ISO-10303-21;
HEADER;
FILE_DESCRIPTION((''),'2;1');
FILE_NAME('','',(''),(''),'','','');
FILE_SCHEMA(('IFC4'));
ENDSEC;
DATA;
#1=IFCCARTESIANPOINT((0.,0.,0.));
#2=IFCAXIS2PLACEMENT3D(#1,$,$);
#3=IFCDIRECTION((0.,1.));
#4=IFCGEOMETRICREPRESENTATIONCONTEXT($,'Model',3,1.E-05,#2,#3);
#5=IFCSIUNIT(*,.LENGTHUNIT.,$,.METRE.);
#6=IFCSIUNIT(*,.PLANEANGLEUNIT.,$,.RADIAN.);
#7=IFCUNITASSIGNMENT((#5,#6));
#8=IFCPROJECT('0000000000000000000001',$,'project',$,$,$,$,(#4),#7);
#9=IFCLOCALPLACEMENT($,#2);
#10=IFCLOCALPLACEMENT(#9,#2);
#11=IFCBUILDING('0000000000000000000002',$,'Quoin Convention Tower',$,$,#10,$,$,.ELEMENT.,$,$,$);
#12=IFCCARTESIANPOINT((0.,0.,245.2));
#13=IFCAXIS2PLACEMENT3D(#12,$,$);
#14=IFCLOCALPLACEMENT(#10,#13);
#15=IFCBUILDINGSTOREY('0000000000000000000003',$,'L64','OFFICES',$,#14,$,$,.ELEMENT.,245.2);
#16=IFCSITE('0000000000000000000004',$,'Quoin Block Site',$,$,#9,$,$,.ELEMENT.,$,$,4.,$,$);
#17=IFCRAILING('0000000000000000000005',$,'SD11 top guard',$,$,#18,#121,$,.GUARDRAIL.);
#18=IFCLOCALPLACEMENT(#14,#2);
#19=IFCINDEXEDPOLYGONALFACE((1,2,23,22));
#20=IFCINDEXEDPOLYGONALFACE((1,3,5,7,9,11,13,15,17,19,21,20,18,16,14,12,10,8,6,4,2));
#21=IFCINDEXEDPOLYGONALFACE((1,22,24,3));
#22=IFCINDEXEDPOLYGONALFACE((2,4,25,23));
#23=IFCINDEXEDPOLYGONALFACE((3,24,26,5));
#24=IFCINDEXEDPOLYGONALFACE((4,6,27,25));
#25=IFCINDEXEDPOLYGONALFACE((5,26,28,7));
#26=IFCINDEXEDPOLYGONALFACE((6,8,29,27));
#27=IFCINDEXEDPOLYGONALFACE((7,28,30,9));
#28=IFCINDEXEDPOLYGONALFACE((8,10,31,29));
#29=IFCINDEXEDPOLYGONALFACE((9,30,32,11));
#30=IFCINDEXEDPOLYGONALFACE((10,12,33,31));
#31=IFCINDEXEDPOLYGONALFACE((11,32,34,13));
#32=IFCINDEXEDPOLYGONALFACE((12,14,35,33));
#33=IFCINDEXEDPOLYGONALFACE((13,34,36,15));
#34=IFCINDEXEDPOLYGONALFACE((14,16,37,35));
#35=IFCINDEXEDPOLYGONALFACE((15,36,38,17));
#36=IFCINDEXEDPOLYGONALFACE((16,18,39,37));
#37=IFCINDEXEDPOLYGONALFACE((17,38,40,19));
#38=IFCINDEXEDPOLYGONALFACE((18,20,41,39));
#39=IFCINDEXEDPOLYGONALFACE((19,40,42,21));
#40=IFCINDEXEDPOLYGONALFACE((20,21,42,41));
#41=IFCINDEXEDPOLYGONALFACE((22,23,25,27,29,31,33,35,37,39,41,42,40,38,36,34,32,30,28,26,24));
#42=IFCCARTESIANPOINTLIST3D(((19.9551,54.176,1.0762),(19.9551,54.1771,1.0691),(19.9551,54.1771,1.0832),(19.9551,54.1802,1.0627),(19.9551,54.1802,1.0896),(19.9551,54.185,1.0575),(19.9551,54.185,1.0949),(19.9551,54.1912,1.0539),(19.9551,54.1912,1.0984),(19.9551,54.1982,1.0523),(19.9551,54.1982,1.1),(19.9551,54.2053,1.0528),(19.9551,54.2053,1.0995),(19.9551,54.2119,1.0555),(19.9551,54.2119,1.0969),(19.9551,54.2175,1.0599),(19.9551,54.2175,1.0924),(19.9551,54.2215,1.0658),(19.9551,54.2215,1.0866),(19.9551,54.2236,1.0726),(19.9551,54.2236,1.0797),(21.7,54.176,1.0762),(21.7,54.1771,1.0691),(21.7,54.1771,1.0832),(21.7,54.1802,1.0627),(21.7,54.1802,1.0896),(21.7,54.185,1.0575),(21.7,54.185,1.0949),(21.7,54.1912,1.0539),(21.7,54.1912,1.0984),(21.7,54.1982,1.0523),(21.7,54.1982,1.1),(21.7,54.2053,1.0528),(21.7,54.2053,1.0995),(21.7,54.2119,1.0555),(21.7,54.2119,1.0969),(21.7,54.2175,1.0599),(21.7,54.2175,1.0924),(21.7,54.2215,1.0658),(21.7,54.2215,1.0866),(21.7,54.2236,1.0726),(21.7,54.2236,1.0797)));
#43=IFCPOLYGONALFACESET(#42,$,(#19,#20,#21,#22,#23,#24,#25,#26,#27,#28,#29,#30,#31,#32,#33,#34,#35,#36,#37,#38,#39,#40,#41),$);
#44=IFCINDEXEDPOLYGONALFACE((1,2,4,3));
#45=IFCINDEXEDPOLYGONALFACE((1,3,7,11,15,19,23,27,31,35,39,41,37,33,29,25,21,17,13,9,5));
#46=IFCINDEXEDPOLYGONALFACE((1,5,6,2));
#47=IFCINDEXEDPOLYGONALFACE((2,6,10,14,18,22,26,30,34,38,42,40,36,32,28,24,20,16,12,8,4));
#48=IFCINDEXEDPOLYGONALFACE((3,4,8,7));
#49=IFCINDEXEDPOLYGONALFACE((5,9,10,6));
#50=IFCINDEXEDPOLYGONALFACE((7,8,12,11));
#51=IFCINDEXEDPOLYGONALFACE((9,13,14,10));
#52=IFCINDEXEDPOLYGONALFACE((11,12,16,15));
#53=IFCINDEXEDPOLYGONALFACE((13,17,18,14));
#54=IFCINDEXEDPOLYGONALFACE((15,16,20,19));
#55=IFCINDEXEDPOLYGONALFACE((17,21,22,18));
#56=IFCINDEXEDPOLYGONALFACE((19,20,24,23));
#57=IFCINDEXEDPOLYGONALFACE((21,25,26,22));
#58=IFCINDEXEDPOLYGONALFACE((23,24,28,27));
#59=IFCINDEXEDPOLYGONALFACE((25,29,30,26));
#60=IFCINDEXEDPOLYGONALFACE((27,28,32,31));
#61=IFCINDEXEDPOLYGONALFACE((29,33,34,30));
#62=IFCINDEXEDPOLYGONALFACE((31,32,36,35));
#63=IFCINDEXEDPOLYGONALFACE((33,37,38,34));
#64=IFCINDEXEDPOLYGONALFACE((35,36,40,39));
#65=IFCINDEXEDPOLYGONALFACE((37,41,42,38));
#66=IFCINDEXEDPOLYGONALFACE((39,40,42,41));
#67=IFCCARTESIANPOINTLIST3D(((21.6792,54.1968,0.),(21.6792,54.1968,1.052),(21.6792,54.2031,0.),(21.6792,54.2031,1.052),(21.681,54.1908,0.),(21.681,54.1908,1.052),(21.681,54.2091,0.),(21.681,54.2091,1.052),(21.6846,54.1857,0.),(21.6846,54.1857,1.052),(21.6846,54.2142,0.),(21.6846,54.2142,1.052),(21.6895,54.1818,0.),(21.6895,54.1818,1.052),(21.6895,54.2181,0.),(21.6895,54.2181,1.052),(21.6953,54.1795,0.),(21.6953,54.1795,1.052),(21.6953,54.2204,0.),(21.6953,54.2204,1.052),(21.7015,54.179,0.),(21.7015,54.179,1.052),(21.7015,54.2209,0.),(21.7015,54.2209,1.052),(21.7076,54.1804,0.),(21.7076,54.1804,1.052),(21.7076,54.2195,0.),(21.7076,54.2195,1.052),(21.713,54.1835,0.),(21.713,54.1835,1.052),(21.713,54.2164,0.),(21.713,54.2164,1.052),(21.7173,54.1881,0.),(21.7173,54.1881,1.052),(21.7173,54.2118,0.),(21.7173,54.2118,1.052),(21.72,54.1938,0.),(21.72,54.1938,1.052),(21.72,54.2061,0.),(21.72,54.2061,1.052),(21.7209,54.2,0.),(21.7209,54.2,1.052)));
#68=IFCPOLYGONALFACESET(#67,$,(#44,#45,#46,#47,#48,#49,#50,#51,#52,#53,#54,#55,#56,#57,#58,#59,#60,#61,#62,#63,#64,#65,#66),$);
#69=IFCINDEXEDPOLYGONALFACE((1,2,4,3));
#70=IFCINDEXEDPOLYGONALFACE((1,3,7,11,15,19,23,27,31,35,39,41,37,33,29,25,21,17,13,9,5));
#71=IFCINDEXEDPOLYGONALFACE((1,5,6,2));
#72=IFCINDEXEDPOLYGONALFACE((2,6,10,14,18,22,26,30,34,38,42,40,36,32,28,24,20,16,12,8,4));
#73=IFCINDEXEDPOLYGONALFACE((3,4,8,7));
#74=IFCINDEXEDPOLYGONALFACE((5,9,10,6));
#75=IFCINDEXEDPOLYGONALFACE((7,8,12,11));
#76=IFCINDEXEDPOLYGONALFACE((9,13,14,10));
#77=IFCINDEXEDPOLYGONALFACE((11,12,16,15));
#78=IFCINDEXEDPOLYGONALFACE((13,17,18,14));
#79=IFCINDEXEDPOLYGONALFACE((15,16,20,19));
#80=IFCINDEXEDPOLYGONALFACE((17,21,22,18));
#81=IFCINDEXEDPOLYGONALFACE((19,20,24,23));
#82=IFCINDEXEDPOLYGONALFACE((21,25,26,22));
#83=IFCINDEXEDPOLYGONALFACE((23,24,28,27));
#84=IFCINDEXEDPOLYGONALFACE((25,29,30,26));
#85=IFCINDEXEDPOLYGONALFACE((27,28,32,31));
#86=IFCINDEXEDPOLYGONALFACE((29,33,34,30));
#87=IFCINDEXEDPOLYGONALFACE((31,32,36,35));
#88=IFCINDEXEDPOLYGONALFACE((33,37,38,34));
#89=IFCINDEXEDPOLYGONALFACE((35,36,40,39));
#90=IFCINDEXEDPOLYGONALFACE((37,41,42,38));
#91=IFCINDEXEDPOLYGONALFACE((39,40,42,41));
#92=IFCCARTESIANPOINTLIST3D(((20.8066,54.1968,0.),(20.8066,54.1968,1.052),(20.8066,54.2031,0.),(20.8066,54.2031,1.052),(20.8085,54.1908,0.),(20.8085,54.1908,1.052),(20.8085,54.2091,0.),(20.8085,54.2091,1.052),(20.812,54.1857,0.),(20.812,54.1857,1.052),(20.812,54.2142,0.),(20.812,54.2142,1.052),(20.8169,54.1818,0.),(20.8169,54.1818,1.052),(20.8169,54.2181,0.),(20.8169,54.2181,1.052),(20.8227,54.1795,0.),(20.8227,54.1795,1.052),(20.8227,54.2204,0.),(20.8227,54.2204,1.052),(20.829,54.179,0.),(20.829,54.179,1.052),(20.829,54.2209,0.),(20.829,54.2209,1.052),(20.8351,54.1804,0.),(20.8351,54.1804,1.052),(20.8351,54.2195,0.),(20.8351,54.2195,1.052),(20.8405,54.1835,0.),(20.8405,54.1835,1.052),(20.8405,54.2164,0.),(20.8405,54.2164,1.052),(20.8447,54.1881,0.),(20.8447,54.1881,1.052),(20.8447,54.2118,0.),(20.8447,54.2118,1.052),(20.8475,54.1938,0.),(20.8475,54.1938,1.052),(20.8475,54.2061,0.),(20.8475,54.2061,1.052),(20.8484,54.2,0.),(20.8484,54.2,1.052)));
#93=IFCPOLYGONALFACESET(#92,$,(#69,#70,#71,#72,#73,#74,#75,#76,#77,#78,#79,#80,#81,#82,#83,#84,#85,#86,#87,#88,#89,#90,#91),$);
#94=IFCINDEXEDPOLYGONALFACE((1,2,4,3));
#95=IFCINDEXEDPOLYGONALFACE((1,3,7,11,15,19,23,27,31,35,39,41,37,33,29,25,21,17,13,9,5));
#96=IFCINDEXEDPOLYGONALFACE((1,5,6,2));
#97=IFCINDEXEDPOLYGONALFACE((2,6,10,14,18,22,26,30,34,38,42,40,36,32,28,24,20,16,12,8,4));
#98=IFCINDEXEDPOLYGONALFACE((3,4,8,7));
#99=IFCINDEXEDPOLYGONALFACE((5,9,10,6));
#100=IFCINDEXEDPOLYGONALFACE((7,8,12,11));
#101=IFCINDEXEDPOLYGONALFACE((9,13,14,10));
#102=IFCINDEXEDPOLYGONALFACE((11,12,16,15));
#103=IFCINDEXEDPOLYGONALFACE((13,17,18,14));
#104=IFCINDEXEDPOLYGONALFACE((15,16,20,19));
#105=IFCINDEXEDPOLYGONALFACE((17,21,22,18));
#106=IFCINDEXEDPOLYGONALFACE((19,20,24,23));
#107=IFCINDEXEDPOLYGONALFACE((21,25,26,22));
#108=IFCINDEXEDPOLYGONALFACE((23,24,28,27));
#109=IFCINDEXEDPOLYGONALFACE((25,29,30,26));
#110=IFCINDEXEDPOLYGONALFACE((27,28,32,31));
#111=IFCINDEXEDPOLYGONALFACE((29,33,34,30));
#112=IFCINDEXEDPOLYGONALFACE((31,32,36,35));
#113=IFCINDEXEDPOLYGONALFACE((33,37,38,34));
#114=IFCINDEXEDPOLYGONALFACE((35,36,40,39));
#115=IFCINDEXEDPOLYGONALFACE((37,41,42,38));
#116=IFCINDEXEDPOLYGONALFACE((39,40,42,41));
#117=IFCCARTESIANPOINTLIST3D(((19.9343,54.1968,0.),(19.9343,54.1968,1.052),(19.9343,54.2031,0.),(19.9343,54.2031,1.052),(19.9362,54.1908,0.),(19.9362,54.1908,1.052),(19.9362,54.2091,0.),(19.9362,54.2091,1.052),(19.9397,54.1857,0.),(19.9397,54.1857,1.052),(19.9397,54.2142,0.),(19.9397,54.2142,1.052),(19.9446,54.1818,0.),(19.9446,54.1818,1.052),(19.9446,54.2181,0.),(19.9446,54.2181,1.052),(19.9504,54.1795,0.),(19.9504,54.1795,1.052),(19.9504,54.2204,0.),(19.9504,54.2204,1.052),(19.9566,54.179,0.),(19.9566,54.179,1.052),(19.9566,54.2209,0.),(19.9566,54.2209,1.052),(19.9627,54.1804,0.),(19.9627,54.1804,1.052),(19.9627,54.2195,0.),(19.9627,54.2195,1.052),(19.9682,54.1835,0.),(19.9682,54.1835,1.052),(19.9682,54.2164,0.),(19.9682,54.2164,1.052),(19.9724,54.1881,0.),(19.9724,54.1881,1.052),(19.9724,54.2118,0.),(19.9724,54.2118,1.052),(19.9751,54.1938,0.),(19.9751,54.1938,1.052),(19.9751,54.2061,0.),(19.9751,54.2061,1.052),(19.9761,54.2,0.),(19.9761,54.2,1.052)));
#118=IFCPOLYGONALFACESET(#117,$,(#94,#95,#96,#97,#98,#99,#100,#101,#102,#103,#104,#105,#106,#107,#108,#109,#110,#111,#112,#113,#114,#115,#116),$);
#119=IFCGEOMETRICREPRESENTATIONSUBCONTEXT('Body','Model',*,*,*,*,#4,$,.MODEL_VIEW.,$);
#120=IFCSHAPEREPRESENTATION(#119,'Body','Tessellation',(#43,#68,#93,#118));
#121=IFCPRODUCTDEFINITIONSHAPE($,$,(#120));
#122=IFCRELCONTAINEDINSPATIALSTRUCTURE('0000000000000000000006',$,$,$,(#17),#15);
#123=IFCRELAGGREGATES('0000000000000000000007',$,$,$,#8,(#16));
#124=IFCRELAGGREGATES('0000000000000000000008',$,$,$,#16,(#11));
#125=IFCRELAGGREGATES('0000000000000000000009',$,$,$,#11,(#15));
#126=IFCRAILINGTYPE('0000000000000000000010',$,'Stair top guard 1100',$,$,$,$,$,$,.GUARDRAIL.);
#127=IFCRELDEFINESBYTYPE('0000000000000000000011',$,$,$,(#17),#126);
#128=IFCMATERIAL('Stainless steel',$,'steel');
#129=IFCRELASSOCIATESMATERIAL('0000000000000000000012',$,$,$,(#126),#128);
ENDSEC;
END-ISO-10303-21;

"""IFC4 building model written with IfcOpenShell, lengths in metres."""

from ifc_helpers import new_model, si_unit, direction, frame, origin, origin_2d, place, context, subcontext, project, spatial, circle, extrude, material, type_object, element, save


model = new_model("IFC4")

# Units and contexts
model_context = context("Model", 3, precision=1e-05, world=origin(), true_north=direction((0.0, 1.0)))
body_context = subcontext(model_context, "Body", "Model", "MODEL_VIEW")
ifc_project = project(units=[si_unit("LENGTHUNIT", "METRE"), si_unit("PLANEANGLEUNIT", "RADIAN")], contexts=[model_context])

# Site, building, storey
site_placement = place(None, origin())
site = spatial("IfcSite", under=ifc_project, at=site_placement, Name="Quoin Block Site", CompositionType="ELEMENT", RefElevation=4.0)
building_placement = place(site_placement, origin())
building = spatial("IfcBuilding", under=site, at=building_placement, Name="Quoin Convention Tower", CompositionType="ELEMENT")
storey_placement = place(building_placement, frame((0.0, 0.0, 245.2)))
storey = spatial("IfcBuildingStorey", under=building, at=storey_placement, Name="L64", Description="OFFICES", CompositionType="ELEMENT", Elevation=245.2)

# Railing
ifc_material_1 = material(Name="Stainless steel", Category="steel")
railing_type_1 = type_object("IfcRailingType", Name="Stair top guard 1100", PredefinedType="GUARDRAIL", material=ifc_material_1)
railing_1_placement = place(storey_placement, frame((21.7, 54.2, 0.0)))
element("IfcRailing", 1, at=railing_1_placement, inside=storey, type_object=railing_type_1, Name="SD11 top guard", PredefinedType="GUARDRAIL", context=body_context, shape_type="SweptSolid", body=[
    extrude(circle(Radius=0.0239, at=origin_2d()), frame((0.0, 0.0, 1.0762), z_axis=(-1.0, 0.0, 0.0), x_axis=(0.0, -1.0, 0.0)), (0.0, 0.0, 1.0), 1.7449),
    extrude(circle(Radius=0.021, at=origin_2d()), origin(), (0.0, 0.0, 1.0), 1.052),
    extrude(circle(Radius=0.021, at=origin_2d()), frame((-0.8726, 0.0, 0.0)), (0.0, 0.0, 1.0), 1.052),
    extrude(circle(Radius=0.021, at=origin_2d()), frame((-1.7449, 0.0, 0.0)), (0.0, 0.0, 1.0), 1.052),
])

save(model, "model.ifc")
